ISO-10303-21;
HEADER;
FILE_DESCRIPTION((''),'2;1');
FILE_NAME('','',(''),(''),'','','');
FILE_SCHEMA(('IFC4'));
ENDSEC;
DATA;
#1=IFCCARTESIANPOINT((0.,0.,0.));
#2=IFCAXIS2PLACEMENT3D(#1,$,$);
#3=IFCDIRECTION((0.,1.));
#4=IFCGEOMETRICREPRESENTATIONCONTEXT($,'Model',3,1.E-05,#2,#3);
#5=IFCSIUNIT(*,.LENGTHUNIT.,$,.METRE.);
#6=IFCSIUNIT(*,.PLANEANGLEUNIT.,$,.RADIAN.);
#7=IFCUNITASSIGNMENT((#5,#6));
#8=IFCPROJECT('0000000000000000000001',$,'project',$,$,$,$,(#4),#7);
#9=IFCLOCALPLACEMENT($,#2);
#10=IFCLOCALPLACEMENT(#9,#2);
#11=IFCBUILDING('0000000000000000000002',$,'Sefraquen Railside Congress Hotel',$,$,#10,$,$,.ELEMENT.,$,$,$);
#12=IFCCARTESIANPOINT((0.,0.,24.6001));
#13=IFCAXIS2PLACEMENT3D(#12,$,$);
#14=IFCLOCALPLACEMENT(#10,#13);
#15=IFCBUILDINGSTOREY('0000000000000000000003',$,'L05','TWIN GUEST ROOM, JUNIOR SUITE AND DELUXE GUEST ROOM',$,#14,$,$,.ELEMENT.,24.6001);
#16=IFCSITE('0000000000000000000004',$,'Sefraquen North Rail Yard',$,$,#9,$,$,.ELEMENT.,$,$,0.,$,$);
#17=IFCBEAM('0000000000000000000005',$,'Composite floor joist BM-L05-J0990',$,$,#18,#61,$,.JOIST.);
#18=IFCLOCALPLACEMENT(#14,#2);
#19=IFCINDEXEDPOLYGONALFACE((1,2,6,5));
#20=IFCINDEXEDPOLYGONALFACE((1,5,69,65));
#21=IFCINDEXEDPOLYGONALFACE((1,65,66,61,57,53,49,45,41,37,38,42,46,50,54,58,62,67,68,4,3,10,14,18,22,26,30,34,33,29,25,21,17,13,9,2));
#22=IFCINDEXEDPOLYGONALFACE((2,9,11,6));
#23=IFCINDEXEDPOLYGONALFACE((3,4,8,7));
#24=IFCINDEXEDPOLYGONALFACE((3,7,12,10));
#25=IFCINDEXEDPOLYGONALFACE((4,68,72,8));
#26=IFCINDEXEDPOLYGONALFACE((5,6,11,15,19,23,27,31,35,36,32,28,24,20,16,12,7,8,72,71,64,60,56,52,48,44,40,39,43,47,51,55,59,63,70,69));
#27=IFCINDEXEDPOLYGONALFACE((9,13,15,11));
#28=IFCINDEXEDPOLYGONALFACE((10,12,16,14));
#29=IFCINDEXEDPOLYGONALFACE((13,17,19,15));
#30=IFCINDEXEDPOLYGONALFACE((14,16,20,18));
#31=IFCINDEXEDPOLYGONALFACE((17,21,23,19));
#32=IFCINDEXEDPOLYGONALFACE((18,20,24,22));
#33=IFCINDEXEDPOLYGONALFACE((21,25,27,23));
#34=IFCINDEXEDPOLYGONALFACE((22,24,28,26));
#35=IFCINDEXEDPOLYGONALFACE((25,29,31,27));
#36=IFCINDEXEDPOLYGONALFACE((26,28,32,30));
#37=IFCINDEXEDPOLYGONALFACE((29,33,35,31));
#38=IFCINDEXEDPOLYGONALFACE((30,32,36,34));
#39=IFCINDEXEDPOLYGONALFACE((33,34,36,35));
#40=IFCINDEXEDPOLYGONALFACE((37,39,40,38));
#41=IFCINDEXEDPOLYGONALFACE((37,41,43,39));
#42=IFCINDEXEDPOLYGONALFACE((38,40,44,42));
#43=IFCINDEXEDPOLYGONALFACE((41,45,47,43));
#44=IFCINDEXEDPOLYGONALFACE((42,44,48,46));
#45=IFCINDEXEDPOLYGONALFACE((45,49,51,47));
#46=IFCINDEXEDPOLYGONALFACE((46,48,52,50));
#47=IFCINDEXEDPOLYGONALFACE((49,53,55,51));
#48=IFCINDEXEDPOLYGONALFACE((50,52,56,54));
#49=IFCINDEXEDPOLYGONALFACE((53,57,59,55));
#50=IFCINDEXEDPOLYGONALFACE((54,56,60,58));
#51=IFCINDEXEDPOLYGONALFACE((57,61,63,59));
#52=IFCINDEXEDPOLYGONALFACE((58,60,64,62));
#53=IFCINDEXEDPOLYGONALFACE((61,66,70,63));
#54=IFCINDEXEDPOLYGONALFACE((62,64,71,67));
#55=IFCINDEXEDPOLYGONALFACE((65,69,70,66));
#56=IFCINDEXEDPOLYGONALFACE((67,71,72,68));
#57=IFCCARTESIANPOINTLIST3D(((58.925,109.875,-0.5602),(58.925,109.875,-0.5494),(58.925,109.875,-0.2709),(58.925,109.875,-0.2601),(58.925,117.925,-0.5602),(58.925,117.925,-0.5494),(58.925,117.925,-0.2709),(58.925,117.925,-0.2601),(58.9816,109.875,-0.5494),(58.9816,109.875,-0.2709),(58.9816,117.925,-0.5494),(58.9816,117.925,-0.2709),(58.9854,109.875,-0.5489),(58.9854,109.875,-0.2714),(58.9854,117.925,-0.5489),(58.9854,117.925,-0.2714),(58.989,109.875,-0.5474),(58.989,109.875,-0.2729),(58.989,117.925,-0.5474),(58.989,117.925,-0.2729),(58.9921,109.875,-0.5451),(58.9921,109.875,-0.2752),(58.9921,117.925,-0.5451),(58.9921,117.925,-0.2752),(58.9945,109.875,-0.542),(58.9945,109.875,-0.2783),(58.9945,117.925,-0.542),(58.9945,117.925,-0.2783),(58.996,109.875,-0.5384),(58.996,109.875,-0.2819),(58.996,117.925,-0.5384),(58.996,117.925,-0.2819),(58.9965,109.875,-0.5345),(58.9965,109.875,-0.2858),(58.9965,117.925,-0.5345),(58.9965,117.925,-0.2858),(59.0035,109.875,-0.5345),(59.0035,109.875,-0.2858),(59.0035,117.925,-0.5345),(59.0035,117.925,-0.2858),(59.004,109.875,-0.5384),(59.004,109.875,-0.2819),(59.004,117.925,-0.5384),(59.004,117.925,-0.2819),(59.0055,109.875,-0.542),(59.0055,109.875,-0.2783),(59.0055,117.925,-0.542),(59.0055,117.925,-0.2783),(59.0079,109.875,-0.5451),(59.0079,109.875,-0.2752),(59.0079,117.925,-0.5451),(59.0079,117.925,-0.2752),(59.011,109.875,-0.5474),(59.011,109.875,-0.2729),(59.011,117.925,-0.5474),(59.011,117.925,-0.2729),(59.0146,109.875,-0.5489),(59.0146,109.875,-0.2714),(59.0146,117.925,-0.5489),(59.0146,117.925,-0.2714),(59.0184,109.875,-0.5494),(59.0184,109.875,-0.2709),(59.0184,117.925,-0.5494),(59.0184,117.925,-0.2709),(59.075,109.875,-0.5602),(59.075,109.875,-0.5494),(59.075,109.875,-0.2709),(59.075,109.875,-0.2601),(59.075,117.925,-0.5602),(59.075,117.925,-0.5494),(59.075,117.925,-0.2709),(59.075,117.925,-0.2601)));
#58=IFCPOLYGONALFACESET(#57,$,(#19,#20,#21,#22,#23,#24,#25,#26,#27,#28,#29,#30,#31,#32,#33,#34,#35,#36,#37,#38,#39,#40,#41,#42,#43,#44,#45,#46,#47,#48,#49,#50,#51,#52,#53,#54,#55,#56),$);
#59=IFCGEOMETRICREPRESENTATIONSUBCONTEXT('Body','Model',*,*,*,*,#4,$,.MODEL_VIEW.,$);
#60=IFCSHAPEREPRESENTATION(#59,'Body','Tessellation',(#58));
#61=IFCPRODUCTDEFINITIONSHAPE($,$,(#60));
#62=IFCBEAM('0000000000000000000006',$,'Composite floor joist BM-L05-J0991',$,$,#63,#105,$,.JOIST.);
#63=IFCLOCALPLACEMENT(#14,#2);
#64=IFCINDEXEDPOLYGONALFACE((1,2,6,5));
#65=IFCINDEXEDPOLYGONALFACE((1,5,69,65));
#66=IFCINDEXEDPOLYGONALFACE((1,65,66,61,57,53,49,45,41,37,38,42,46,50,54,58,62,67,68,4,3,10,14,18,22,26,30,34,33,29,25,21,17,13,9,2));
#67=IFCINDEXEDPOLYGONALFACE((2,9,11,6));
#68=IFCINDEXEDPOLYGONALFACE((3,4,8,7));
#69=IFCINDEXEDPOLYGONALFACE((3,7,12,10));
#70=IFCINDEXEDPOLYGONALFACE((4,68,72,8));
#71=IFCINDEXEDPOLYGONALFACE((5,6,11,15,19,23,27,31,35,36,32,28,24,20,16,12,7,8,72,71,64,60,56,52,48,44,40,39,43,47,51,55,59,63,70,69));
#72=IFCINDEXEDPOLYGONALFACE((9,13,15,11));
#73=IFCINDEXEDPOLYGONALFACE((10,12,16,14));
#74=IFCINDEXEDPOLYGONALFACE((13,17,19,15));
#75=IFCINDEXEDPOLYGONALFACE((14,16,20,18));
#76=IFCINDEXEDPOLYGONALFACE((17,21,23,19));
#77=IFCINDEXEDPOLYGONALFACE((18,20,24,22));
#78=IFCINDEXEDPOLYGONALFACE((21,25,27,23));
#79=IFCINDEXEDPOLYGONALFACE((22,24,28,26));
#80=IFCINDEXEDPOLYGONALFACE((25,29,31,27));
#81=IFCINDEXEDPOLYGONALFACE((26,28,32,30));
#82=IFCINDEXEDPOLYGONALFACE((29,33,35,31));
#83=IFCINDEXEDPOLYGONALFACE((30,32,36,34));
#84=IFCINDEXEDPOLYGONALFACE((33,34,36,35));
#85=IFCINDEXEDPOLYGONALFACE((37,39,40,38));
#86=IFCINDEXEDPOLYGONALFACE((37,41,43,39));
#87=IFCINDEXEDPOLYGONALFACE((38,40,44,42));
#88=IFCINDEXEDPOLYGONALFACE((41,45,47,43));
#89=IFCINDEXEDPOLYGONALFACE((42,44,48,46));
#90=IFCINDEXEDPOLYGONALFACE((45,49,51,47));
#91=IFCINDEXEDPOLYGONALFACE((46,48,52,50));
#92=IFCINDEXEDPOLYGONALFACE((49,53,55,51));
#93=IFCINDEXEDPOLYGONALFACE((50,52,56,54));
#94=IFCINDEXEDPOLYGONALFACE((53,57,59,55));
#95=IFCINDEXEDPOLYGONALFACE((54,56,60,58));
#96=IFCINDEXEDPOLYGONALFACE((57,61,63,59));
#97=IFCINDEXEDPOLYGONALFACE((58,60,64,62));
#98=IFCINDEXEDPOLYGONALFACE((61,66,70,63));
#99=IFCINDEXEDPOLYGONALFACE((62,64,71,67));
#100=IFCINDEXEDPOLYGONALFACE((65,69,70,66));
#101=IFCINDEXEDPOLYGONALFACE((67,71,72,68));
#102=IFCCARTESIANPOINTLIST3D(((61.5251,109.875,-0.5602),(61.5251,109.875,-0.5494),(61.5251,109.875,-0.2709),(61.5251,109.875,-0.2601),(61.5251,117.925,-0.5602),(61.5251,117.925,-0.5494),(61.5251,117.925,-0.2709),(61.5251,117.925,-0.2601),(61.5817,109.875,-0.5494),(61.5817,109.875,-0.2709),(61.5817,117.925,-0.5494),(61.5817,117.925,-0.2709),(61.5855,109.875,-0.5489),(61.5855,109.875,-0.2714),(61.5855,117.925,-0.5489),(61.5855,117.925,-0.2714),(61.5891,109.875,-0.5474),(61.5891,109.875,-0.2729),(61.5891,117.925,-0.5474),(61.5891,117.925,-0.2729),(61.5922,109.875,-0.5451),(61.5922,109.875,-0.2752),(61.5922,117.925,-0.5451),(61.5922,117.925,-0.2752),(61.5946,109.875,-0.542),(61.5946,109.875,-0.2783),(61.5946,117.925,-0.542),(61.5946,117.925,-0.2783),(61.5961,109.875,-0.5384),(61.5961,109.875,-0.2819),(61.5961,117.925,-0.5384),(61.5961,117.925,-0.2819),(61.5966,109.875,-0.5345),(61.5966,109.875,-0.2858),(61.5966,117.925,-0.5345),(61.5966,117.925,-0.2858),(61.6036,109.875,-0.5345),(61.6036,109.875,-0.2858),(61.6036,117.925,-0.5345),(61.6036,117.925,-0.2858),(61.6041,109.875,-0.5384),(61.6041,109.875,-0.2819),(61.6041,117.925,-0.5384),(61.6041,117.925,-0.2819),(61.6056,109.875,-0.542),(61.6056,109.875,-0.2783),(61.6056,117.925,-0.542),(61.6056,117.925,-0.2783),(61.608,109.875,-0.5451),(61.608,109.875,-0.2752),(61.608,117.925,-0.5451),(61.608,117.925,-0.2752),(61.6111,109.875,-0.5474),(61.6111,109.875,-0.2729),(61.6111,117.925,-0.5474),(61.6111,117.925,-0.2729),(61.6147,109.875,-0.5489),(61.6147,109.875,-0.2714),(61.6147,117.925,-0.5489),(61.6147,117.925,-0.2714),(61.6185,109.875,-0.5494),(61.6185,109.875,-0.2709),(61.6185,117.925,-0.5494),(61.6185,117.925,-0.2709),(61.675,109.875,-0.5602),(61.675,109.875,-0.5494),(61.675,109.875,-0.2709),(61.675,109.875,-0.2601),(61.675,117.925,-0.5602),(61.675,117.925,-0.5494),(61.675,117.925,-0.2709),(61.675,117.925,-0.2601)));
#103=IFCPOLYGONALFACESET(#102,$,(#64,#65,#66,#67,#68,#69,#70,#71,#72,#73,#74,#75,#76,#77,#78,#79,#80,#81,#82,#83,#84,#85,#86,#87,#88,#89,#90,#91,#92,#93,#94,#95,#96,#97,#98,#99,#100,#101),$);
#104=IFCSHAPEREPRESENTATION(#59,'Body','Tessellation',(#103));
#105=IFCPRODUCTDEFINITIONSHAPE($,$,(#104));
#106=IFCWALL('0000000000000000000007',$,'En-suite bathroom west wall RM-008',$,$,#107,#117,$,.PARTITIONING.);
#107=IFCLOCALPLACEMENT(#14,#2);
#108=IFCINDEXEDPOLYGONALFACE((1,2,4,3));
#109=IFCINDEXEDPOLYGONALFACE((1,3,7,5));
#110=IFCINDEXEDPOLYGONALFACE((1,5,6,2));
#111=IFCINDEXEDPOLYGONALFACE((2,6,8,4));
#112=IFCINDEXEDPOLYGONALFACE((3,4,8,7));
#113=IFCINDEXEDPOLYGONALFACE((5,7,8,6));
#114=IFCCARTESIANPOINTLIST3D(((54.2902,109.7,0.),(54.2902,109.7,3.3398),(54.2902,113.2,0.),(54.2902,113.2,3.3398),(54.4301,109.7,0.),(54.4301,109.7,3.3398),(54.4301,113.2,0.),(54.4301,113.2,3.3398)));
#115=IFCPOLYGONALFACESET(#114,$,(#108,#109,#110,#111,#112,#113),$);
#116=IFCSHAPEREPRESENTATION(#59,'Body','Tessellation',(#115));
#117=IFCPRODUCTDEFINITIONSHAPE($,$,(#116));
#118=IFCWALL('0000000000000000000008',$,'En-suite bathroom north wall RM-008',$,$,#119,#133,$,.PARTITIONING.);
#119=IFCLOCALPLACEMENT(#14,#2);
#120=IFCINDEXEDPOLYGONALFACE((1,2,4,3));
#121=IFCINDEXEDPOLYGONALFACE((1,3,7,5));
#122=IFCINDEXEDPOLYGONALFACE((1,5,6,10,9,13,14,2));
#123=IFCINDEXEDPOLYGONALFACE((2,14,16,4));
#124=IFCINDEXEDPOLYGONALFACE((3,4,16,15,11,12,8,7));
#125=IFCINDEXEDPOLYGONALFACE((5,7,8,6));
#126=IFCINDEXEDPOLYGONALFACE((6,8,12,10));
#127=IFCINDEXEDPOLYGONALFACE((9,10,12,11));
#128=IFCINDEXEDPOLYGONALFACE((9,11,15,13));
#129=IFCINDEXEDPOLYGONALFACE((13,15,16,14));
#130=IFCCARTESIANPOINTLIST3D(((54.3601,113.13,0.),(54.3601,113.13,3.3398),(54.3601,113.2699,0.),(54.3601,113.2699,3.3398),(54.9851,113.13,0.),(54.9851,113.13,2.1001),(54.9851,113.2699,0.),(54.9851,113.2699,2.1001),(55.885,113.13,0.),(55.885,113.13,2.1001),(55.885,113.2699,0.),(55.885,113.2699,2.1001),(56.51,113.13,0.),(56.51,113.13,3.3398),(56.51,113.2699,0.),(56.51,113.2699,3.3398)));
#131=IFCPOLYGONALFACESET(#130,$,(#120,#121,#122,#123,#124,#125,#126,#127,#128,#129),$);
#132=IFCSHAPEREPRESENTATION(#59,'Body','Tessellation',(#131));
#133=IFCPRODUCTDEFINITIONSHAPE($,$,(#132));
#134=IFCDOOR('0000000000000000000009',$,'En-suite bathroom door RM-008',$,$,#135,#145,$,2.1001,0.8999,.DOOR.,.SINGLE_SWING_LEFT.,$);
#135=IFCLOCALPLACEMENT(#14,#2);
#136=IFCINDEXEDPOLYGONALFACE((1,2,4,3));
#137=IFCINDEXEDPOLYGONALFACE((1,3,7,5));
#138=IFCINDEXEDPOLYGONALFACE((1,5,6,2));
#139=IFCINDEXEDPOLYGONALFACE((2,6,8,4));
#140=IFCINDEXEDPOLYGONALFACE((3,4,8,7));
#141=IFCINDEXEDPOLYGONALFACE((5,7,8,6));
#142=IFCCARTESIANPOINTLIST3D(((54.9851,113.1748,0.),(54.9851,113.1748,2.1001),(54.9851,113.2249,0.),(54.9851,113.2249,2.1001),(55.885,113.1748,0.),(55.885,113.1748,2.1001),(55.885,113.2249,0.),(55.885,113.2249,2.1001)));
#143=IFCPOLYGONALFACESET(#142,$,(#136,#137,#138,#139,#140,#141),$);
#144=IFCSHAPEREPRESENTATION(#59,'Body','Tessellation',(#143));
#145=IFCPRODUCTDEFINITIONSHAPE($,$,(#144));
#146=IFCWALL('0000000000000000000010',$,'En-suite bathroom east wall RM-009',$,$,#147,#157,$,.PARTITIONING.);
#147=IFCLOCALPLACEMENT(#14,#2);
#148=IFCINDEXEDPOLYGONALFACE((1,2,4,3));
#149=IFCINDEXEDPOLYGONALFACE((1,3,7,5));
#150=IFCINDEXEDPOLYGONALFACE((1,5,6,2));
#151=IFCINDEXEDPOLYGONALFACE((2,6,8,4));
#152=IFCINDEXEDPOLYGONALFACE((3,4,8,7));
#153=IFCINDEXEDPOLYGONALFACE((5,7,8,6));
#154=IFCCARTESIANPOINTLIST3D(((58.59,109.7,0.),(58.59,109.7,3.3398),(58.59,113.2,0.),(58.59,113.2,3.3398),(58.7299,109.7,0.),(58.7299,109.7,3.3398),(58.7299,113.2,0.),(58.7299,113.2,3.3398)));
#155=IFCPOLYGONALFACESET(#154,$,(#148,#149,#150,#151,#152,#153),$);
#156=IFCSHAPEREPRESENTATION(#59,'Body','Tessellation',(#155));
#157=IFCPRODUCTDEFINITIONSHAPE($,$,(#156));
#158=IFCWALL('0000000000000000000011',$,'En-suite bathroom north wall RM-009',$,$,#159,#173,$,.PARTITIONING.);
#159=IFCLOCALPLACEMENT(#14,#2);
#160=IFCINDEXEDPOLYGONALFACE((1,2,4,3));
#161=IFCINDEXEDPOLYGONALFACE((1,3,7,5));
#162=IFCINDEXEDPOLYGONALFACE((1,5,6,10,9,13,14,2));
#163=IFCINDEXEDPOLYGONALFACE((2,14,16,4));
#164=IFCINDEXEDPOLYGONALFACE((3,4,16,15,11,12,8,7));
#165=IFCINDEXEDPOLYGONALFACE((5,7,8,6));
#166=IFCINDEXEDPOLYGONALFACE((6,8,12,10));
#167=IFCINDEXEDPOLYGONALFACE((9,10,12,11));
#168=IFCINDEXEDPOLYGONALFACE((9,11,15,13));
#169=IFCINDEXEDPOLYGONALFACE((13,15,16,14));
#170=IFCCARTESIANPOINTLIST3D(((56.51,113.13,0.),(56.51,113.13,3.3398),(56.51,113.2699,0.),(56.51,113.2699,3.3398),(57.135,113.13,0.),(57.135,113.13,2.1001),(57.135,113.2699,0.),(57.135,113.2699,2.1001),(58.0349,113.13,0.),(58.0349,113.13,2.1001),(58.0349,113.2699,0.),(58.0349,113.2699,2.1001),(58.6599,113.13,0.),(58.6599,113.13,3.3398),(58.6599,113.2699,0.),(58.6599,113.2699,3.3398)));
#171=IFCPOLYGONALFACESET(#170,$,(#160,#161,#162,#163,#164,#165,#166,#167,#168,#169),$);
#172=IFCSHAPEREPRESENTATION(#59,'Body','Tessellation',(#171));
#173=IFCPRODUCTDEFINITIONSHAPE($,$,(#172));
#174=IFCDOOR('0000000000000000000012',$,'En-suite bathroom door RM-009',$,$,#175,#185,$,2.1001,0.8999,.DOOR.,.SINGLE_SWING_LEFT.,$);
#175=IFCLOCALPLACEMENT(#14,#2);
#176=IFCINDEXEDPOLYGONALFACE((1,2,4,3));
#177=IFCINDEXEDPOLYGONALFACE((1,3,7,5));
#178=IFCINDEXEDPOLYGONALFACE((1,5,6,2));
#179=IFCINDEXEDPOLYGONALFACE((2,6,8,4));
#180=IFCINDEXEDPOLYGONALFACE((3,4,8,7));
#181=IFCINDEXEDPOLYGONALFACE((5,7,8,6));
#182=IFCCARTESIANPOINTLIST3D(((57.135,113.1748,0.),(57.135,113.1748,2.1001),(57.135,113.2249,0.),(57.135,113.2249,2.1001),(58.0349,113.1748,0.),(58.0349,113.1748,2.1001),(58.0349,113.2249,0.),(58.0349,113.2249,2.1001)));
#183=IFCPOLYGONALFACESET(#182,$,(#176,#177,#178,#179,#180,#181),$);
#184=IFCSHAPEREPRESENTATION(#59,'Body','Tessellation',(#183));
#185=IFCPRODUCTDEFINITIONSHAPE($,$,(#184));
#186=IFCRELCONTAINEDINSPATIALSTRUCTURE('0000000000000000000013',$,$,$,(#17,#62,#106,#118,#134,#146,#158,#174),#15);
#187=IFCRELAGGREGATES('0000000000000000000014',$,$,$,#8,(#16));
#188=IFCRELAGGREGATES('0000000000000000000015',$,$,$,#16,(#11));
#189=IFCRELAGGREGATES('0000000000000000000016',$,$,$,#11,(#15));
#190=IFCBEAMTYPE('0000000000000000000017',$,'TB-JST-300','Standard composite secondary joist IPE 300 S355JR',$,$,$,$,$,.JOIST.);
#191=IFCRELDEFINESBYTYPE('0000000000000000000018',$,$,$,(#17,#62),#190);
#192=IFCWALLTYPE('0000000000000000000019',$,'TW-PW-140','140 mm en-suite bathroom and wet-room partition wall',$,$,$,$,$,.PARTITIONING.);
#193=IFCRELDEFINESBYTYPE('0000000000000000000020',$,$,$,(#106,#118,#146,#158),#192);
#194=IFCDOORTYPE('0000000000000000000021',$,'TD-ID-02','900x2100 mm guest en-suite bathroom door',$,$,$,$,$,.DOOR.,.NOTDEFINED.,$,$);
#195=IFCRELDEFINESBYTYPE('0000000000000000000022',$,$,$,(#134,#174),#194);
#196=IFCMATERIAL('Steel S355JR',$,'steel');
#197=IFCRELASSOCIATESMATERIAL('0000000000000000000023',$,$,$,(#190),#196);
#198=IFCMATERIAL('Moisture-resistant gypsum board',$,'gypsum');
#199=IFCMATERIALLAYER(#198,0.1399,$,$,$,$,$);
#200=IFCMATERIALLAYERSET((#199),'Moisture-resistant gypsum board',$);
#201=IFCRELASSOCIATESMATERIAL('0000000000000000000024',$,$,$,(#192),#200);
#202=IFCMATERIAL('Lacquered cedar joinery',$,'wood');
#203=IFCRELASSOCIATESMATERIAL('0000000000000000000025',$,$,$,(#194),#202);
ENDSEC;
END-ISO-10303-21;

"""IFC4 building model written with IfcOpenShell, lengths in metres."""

from ifc_helpers import new_model, si_unit, direction, frame, frame_2d, origin, origin_2d, place, context, subcontext, project, spatial, rectangle, i_section, extrude, material, layer, layer_set, material_profile, profile_set, type_object, element, fill, save


model = new_model("IFC4")

# Units and contexts
model_context = context("Model", 3, precision=1e-05, world=origin(), true_north=direction((0.0, 1.0)))
body_context = subcontext(model_context, "Body", "Model", "MODEL_VIEW")
ifc_project = project(units=[si_unit("LENGTHUNIT", "METRE"), si_unit("PLANEANGLEUNIT", "RADIAN")], contexts=[model_context])

# Site, building, storey
site_placement = place(None, origin())
site = spatial("IfcSite", under=ifc_project, at=site_placement, Name="Sefraquen North Rail Yard", CompositionType="ELEMENT", RefElevation=0.0)
building_placement = place(site_placement, origin())
building = spatial("IfcBuilding", under=site, at=building_placement, Name="Sefraquen Railside Congress Hotel", CompositionType="ELEMENT")
storey_placement = place(building_placement, frame((0.0, 0.0, 24.6001)))
storey = spatial("IfcBuildingStorey", under=building, at=storey_placement, Name="L05", Description="TWIN GUEST ROOM, JUNIOR SUITE AND DELUXE GUEST ROOM", CompositionType="ELEMENT", Elevation=24.6001)

# Shared definitions
ifc_material_1 = material(Name="Steel S355JR", Category="steel")

# Beams
ifc_material_profile_1 = material_profile(ifc_material_1, i_section(OverallWidth=0.1499, OverallDepth=0.3, WebThickness=0.0071, FlangeThickness=0.0107, FilletRadius=0.0149, at=origin_2d()), Name="IPE 300")
ifc_profile_set_1 = profile_set([ifc_material_profile_1], Name="Steel S355JR")
beam_type_1 = type_object("IfcBeamType", Name="TB-JST-300", Description="Standard composite secondary joist IPE 300 S355JR", PredefinedType="JOIST", material=ifc_profile_set_1)
for number, where, z_axis, x_axis, name in (
    (1, (59.0, 109.875, -0.4102), (0.0, 1.0, 0.0), (-1.0, 0.0, 0.0), "Composite floor joist BM-L05-J0990"),
    (2, (61.6001, 109.875, -0.4102), (0.0, 1.0, 0.0), (-1.0, 0.0, 0.0), "Composite floor joist BM-L05-J0991"),
):
    element("IfcBeam", number, at=place(storey_placement, frame(where, z_axis=z_axis, x_axis=x_axis)), inside=storey, type_object=beam_type_1, Name=name, PredefinedType="JOIST", context=body_context, shape_type="SweptSolid", body=[
        extrude(i_section(OverallWidth=0.1499, OverallDepth=0.3, WebThickness=0.0071, FlangeThickness=0.0107, FilletRadius=0.0149, at=origin_2d()), origin(), (0.0, 0.0, 1.0), 8.05),
    ])

# Wall
ifc_material_2 = material(Name="Moisture-resistant gypsum board", Category="gypsum")
ifc_layer_1 = layer(ifc_material_2, 0.1399)
ifc_layer_set_1 = layer_set([ifc_layer_1], Name="Moisture-resistant gypsum board")
wall_type_1 = type_object("IfcWallType", Name="TW-PW-140", Description="140 mm en-suite bathroom and wet-room partition wall", PredefinedType="PARTITIONING", material=ifc_layer_set_1)
wall_1_placement = place(storey_placement, frame((54.3601, 109.7, 0.0), z_axis=(0.0, 0.0, 1.0), x_axis=(0.0, 1.0, 0.0)))
element("IfcWall", 3, at=wall_1_placement, inside=storey, type_object=wall_type_1, Name="En-suite bathroom west wall RM-008", PredefinedType="PARTITIONING", context=body_context, shape_type="SweptSolid", body=[
    extrude(rectangle(XDim=3.5, YDim=0.1399, at=frame_2d((1.75, 0.0))), origin(), (0.0, 0.0, 1.0), 3.3398),
])

# Wall, opening, door
wall_2_placement = place(storey_placement, frame((54.3601, 113.2, 0.0), z_axis=(0.0, 0.0, 1.0), x_axis=(1.0, 0.0, 0.0)))
wall_2 = element("IfcWall", 4, at=wall_2_placement, inside=storey, type_object=wall_type_1, Name="En-suite bathroom north wall RM-008", PredefinedType="PARTITIONING", context=body_context, shape_type="SweptSolid", body=[
    extrude(rectangle(XDim=2.1499, YDim=0.1399, at=frame_2d((1.075, 0.0))), origin(), (0.0, 0.0, 1.0), 3.3398),
])
opening_1_placement = place(wall_2_placement, frame((0.625, 0.0, 0.0)))
opening_1 = element("IfcOpeningElement", 5, at=opening_1_placement, cuts=wall_2, PredefinedType="OPENING", context=body_context, shape_type="SweptSolid", body=[
    extrude(rectangle(XDim=0.8999, YDim=2.1001, at=frame_2d((0.45, 1.05))), frame((0.0, 0.0798, 0.0), z_axis=(0.0, -1.0, 0.0), x_axis=(1.0, 0.0, 0.0)), (0.0, 0.0, 1.0), 0.1599),
])
ifc_material_3 = material(Name="Lacquered cedar joinery", Category="wood")
door_type = type_object("IfcDoorType", Name="TD-ID-02", Description="900x2100 mm guest en-suite bathroom door", OperationType="NOTDEFINED", PredefinedType="DOOR", material=ifc_material_3)
door_1_placement = place(opening_1_placement, origin())
door_1 = element("IfcDoor", 6, at=door_1_placement, inside=storey, type_object=door_type, Name="En-suite bathroom door RM-008", OperationType="SINGLE_SWING_LEFT", OverallHeight=2.1001, OverallWidth=0.8999, PredefinedType="DOOR", context=body_context, shape_type="SweptSolid", body=[
    extrude(rectangle(XDim=0.8999, YDim=2.1001, at=frame_2d((0.45, 1.05))), frame((0.0, 0.0249, 0.0), z_axis=(0.0, -1.0, 0.0), x_axis=(1.0, 0.0, 0.0)), (0.0, 0.0, 1.0), 0.05),
])
fill(opening_1, door_1)

# Wall
wall_3_placement = place(storey_placement, frame((58.6599, 109.7, 0.0), z_axis=(0.0, 0.0, 1.0), x_axis=(0.0, 1.0, 0.0)))
element("IfcWall", 7, at=wall_3_placement, inside=storey, type_object=wall_type_1, Name="En-suite bathroom east wall RM-009", PredefinedType="PARTITIONING", context=body_context, shape_type="SweptSolid", body=[
    extrude(rectangle(XDim=3.5, YDim=0.1399, at=frame_2d((1.75, 0.0))), origin(), (0.0, 0.0, 1.0), 3.3398),
])

# Wall, opening, door
wall_4_placement = place(storey_placement, frame((56.51, 113.2, 0.0), z_axis=(0.0, 0.0, 1.0), x_axis=(1.0, 0.0, 0.0)))
wall_4 = element("IfcWall", 8, at=wall_4_placement, inside=storey, type_object=wall_type_1, Name="En-suite bathroom north wall RM-009", PredefinedType="PARTITIONING", context=body_context, shape_type="SweptSolid", body=[
    extrude(rectangle(XDim=2.1499, YDim=0.1399, at=frame_2d((1.075, 0.0))), origin(), (0.0, 0.0, 1.0), 3.3398),
])
opening_2_placement = place(wall_4_placement, frame((0.625, 0.0, 0.0)))
opening_2 = element("IfcOpeningElement", 9, at=opening_2_placement, cuts=wall_4, PredefinedType="OPENING", context=body_context, shape_type="SweptSolid", body=[
    extrude(rectangle(XDim=0.8999, YDim=2.1001, at=frame_2d((0.45, 1.05))), frame((0.0, 0.0798, 0.0), z_axis=(0.0, -1.0, 0.0), x_axis=(1.0, 0.0, 0.0)), (0.0, 0.0, 1.0), 0.1599),
])
door_2_placement = place(opening_2_placement, origin())
door_2 = element("IfcDoor", 10, at=door_2_placement, inside=storey, type_object=door_type, Name="En-suite bathroom door RM-009", OperationType="SINGLE_SWING_LEFT", OverallHeight=2.1001, OverallWidth=0.8999, PredefinedType="DOOR", context=body_context, shape_type="SweptSolid", body=[
    extrude(rectangle(XDim=0.8999, YDim=2.1001, at=frame_2d((0.45, 1.05))), frame((0.0, 0.0249, 0.0), z_axis=(0.0, -1.0, 0.0), x_axis=(1.0, 0.0, 0.0)), (0.0, 0.0, 1.0), 0.05),
])
fill(opening_2, door_2)

save(model, "model.ifc")
